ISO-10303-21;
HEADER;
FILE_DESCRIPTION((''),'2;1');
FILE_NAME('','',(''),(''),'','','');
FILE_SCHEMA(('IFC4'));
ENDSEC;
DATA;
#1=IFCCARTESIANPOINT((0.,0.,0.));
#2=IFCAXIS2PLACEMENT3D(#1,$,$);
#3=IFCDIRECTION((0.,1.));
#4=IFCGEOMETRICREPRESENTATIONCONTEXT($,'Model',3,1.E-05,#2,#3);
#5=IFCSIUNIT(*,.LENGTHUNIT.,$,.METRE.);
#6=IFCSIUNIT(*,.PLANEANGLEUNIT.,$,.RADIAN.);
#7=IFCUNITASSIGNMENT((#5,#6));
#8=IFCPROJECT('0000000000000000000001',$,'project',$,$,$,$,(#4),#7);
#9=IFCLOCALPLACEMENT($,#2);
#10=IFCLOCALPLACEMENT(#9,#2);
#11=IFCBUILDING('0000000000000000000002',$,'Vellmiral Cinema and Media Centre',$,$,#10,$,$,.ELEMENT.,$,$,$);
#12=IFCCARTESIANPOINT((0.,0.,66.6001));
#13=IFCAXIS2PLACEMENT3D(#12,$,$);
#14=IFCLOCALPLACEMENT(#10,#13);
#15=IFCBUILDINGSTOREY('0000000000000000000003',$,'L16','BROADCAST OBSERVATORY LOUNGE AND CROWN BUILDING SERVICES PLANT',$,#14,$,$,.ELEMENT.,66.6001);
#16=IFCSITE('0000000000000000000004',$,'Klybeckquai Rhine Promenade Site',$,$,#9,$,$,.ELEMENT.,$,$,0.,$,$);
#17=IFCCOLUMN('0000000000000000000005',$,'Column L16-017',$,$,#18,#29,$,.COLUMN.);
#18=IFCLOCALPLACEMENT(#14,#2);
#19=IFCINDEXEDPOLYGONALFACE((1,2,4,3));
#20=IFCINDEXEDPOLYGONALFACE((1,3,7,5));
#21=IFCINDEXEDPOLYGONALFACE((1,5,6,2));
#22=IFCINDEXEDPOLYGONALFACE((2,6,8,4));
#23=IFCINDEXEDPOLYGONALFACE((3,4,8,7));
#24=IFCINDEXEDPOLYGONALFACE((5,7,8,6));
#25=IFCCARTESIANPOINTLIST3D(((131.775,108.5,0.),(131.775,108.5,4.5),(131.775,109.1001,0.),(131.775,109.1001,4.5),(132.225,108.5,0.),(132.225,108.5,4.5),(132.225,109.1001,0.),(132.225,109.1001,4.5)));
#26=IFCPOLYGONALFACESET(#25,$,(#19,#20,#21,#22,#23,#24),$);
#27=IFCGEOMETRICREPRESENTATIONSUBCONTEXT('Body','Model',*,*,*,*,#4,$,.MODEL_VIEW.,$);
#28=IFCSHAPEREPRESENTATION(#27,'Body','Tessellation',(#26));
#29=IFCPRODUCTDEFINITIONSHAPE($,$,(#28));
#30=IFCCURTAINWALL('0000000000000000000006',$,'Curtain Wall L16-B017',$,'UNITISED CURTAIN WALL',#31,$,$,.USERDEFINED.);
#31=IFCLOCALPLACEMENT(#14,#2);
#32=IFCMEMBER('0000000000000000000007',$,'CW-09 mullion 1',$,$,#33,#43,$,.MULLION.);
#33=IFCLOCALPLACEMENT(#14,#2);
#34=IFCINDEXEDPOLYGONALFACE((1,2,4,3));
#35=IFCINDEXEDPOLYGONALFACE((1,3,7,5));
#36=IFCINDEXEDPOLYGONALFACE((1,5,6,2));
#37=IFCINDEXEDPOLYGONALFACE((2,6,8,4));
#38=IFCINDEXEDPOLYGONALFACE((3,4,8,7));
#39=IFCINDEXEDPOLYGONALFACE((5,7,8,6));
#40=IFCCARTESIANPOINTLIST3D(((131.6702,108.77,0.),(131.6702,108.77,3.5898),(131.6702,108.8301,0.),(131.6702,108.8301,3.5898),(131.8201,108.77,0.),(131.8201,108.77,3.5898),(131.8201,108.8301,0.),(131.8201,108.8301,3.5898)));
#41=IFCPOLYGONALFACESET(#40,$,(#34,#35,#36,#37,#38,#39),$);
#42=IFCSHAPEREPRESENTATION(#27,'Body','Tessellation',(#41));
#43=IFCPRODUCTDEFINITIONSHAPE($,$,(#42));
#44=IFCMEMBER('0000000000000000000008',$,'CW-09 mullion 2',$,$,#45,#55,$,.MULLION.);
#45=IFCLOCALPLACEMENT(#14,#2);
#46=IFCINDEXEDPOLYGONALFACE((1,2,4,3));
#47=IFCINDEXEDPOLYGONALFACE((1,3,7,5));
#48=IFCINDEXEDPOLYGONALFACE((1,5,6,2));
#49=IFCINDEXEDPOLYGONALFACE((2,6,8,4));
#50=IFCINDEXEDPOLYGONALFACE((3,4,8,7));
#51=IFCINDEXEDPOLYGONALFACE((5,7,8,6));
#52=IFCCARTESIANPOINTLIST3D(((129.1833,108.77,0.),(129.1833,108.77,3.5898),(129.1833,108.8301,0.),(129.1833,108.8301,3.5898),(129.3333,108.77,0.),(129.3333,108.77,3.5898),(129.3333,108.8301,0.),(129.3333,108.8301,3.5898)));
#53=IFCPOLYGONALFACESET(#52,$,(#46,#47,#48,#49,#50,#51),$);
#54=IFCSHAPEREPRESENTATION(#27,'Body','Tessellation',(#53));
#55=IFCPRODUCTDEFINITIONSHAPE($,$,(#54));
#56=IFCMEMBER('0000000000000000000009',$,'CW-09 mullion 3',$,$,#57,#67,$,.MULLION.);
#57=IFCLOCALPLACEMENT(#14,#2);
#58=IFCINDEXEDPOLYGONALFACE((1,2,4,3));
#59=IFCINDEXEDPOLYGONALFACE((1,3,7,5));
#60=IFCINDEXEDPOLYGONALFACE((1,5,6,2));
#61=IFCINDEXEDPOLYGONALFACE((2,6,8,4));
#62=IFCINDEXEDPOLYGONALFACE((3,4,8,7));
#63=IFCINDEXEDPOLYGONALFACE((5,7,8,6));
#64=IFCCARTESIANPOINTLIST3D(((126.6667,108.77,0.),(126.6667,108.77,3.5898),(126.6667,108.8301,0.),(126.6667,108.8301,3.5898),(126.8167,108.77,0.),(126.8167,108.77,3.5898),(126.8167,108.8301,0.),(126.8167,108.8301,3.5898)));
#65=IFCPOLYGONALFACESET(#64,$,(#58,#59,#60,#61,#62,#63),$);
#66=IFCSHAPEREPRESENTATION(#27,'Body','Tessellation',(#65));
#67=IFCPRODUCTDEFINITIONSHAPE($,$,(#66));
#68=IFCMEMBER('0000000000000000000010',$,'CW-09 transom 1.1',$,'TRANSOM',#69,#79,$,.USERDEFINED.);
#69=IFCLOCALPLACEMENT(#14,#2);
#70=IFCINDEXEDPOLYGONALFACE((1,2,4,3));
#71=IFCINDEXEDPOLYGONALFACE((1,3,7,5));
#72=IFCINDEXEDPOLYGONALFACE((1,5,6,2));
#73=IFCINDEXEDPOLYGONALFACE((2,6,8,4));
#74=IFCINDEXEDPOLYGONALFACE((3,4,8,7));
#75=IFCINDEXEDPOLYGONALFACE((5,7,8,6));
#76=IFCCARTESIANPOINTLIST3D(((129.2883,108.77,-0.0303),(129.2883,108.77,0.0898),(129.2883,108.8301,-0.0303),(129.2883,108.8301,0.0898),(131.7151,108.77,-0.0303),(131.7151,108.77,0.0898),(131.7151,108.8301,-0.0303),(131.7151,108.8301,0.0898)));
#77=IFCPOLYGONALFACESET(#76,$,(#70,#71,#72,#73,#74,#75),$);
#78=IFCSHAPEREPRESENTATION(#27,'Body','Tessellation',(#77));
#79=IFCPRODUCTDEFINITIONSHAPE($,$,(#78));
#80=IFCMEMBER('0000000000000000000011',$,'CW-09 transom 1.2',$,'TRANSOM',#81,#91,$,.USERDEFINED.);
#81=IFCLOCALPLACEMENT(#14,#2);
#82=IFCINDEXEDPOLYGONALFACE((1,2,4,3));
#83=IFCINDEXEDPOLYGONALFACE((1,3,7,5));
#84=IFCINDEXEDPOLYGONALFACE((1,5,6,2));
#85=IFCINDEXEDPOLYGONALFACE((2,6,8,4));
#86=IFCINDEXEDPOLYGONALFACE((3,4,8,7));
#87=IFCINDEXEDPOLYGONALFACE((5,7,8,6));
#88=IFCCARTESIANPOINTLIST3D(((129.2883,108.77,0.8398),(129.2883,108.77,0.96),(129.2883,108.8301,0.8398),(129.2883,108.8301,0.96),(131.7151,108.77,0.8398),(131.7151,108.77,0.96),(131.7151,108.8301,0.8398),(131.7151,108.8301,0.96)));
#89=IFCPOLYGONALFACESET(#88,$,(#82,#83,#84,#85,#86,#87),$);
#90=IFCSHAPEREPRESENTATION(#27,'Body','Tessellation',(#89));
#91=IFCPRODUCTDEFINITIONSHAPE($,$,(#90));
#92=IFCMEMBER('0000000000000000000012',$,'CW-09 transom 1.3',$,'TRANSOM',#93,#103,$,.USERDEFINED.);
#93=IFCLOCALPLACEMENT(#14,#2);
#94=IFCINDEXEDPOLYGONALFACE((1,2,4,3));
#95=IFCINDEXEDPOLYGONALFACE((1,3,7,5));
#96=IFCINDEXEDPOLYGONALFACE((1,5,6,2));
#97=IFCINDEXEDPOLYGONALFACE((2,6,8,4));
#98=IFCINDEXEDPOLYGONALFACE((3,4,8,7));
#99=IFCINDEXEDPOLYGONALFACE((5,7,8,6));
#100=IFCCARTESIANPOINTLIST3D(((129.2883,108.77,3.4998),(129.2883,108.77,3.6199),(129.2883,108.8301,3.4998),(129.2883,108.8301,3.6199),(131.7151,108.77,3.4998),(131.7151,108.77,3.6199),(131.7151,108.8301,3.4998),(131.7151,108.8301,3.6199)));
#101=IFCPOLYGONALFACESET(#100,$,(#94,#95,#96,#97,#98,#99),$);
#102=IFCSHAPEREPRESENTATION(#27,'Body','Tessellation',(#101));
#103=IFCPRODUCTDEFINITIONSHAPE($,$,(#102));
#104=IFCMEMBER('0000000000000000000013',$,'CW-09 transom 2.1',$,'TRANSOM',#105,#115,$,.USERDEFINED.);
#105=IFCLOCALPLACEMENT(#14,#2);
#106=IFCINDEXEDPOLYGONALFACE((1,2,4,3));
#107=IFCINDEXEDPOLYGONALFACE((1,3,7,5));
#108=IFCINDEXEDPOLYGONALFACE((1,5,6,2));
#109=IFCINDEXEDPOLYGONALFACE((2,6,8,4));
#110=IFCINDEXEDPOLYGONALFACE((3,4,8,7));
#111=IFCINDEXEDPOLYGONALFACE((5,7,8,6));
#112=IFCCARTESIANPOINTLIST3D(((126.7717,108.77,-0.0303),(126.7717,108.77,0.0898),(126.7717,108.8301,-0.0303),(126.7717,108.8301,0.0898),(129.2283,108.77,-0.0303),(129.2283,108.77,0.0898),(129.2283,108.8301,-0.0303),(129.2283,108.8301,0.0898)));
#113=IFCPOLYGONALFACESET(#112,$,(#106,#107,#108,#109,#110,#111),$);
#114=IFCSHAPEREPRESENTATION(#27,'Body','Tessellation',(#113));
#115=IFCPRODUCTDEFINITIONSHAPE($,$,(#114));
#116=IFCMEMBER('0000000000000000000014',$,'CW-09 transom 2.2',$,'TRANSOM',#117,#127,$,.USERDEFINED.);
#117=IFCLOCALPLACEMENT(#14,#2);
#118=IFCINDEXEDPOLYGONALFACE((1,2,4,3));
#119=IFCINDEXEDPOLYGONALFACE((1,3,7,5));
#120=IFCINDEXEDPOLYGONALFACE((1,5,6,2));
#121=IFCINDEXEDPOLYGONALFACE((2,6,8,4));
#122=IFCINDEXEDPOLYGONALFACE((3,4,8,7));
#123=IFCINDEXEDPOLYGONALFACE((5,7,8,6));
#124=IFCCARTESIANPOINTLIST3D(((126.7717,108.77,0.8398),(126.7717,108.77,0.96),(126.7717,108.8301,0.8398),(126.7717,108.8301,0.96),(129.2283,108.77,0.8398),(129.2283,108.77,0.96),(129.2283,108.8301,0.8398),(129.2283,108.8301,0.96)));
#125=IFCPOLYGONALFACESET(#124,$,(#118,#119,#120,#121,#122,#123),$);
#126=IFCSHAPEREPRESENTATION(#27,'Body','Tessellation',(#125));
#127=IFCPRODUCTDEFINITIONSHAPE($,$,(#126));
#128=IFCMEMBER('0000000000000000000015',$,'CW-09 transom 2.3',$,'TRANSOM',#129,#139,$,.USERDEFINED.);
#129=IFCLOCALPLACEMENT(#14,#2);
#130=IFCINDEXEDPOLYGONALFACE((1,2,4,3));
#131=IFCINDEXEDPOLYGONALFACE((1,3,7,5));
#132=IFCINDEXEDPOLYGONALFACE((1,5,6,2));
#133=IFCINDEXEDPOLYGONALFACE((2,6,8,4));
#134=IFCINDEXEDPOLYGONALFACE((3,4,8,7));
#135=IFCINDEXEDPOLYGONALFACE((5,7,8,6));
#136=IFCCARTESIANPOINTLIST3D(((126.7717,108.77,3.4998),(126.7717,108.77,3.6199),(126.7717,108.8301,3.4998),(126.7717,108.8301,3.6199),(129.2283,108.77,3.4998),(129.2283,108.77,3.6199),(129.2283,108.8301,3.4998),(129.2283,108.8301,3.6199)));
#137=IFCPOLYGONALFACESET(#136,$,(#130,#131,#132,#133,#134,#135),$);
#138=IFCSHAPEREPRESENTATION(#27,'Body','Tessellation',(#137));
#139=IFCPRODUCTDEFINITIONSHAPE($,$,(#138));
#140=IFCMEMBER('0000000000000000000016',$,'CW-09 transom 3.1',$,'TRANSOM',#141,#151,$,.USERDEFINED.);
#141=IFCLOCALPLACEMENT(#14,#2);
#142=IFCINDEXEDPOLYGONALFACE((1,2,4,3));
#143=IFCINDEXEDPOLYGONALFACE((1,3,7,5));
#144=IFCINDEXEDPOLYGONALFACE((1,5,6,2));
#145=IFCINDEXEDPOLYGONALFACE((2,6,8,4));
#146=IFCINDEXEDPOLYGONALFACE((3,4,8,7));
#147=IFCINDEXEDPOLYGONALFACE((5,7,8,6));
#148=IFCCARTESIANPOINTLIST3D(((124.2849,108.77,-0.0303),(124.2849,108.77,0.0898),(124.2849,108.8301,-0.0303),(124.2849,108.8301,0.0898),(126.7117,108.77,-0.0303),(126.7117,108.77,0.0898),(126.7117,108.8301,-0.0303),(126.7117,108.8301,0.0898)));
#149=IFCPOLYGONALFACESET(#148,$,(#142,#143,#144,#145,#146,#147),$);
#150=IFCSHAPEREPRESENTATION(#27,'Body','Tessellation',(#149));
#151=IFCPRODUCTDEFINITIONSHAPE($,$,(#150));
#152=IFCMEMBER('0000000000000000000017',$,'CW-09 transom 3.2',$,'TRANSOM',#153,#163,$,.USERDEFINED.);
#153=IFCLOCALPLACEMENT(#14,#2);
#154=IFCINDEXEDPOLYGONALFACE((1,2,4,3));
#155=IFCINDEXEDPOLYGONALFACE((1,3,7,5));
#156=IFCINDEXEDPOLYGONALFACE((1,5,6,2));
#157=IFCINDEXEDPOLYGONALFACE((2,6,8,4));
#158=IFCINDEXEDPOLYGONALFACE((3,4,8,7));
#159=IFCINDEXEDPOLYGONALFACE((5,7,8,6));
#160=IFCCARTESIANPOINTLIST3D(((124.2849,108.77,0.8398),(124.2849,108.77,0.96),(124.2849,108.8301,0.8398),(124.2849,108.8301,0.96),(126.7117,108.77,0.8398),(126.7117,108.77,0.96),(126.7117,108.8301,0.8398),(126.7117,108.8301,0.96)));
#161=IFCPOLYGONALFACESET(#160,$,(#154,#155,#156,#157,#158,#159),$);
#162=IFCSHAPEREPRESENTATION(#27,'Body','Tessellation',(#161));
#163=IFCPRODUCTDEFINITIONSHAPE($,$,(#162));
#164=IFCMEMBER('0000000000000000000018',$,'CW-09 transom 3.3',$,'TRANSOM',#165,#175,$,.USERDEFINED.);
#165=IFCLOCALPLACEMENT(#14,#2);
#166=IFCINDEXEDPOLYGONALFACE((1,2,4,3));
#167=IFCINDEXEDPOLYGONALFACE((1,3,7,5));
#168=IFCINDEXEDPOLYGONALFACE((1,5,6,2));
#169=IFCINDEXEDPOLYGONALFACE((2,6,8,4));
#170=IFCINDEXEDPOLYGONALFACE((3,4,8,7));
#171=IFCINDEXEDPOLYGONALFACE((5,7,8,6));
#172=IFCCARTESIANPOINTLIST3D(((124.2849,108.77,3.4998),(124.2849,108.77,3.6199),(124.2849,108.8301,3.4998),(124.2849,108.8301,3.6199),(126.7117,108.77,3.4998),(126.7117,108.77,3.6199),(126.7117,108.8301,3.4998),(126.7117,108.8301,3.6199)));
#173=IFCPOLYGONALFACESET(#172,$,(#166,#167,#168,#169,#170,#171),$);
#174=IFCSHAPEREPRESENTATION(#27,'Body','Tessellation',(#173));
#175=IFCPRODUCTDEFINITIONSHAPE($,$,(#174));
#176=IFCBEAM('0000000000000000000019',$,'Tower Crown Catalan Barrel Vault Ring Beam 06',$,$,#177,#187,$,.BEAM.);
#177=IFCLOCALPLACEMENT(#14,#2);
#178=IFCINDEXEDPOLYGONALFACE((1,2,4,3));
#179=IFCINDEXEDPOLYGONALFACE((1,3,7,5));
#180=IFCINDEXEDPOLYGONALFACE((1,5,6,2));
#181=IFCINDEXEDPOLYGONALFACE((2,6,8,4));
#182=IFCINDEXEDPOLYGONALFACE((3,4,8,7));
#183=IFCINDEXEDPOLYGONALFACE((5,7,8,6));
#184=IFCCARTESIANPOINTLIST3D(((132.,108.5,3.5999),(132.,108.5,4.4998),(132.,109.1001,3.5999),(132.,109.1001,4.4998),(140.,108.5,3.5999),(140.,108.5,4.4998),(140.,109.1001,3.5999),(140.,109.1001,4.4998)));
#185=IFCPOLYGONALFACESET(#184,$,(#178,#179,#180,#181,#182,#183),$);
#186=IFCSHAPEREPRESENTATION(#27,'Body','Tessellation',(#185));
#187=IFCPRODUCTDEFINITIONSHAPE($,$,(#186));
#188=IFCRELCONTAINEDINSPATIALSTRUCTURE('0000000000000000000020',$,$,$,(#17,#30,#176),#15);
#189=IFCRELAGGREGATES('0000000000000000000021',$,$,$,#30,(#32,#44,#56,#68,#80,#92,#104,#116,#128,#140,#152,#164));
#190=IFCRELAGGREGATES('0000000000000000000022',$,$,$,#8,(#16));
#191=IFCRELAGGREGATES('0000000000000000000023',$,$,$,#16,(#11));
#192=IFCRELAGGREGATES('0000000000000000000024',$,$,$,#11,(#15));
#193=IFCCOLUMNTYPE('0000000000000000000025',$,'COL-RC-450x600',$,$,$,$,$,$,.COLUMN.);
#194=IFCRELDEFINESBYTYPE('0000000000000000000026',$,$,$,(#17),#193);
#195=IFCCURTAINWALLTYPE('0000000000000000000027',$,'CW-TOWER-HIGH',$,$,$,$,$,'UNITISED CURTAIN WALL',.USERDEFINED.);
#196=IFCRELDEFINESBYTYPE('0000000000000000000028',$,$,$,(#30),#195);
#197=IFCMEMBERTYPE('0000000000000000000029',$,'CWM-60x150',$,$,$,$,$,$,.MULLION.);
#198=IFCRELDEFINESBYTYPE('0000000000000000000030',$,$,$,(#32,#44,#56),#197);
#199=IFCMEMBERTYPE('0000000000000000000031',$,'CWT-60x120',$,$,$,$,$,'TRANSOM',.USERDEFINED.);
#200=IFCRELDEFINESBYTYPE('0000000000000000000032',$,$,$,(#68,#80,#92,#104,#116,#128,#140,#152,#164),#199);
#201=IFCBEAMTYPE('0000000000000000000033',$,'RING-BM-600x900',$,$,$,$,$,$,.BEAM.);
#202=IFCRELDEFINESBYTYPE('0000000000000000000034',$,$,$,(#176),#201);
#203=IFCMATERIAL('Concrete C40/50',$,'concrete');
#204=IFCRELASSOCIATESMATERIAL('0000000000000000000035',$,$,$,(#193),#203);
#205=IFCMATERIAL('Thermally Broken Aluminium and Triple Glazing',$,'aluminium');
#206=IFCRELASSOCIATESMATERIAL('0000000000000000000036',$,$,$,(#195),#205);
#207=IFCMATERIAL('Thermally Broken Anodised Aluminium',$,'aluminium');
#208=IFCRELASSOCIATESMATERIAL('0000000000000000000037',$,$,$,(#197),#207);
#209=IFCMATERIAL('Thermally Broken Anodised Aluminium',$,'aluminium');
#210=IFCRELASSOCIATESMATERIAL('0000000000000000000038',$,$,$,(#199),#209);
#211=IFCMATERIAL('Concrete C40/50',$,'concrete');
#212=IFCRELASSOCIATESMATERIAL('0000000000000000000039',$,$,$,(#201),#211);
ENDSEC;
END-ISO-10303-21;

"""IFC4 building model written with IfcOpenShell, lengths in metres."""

from ifc_helpers import new_model, si_unit, direction, frame, origin, origin_2d, place, context, subcontext, project, spatial, rectangle, extrude, material, material_profile, profile_set, type_object, element, aggregate, save


model = new_model("IFC4")

# Units and contexts
model_context = context("Model", 3, precision=1e-05, world=origin(), true_north=direction((0.0, 1.0)))
body_context = subcontext(model_context, "Body", "Model", "MODEL_VIEW")
ifc_project = project(units=[si_unit("LENGTHUNIT", "METRE"), si_unit("PLANEANGLEUNIT", "RADIAN")], contexts=[model_context])

# Site, building, storey
site_placement = place(None, origin())
site = spatial("IfcSite", under=ifc_project, at=site_placement, Name="Klybeckquai Rhine Promenade Site", CompositionType="ELEMENT", RefElevation=0.0)
building_placement = place(site_placement, origin())
building = spatial("IfcBuilding", under=site, at=building_placement, Name="Vellmiral Cinema and Media Centre", CompositionType="ELEMENT")
storey_placement = place(building_placement, frame((0.0, 0.0, 66.6001)))
storey = spatial("IfcBuildingStorey", under=building, at=storey_placement, Name="L16", Description="BROADCAST OBSERVATORY LOUNGE AND CROWN BUILDING SERVICES PLANT", CompositionType="ELEMENT", Elevation=66.6001)

# Column
ifc_material_1 = material(Name="Concrete C40/50", Category="concrete")
ifc_material_profile_1 = material_profile(ifc_material_1, rectangle(XDim=0.45, YDim=0.6001, at=origin_2d()), Name="RC 450x600")
ifc_profile_set_1 = profile_set([ifc_material_profile_1], Name="Concrete C40/50")
column_type = type_object("IfcColumnType", Name="COL-RC-450x600", PredefinedType="COLUMN", material=ifc_profile_set_1)
column_placement = place(storey_placement, frame((132.0, 108.8, 0.0), z_axis=(0.0, 0.0, 1.0), x_axis=(1.0, 0.0, 0.0)))
element("IfcColumn", 1, at=column_placement, inside=storey, type_object=column_type, Name="Column L16-017", PredefinedType="COLUMN", context=body_context, shape_type="SweptSolid", body=[
    extrude(rectangle(XDim=0.45, YDim=0.6001, at=origin_2d()), origin(), (0.0, 0.0, 1.0), 4.5),
])

# Curtain wall, members
ifc_material_2 = material(Name="Thermally Broken Aluminium and Triple Glazing", Category="aluminium")
curtain_wall_type = type_object("IfcCurtainWallType", Name="CW-TOWER-HIGH", ElementType="UNITISED CURTAIN WALL", PredefinedType="USERDEFINED", material=ifc_material_2)
curtain_wall_placement = place(storey_placement, origin())
curtain_wall = element("IfcCurtainWall", 2, at=curtain_wall_placement, inside=storey, type_object=curtain_wall_type, Name="Curtain Wall L16-B017", ObjectType="UNITISED CURTAIN WALL", PredefinedType="USERDEFINED")
ifc_material_3 = material(Name="Thermally Broken Anodised Aluminium", Category="aluminium")
ifc_material_profile_2 = material_profile(ifc_material_3, rectangle(XDim=0.0601, YDim=0.1499, at=origin_2d()), Name="MULL 60x150")
ifc_profile_set_2 = profile_set([ifc_material_profile_2], Name="Thermally Broken Anodised Aluminium")
member_type_1 = type_object("IfcMemberType", Name="CWM-60x150", PredefinedType="MULLION", material=ifc_profile_set_2)
member_1_placement = place(storey_placement, frame((131.7451, 108.8, 0.0), z_axis=(0.0, 0.0, 1.0), x_axis=(0.0, -1.0, 0.0)))
member_1 = element("IfcMember", 3, at=member_1_placement, type_object=member_type_1, Name="CW-09 mullion 1", PredefinedType="MULLION", context=body_context, shape_type="SweptSolid", body=[
    extrude(rectangle(XDim=0.0601, YDim=0.1499, at=origin_2d()), origin(), (0.0, 0.0, 1.0), 3.5898),
])
member_2_placement = place(storey_placement, frame((129.2583, 108.8, 0.0), z_axis=(0.0, 0.0, 1.0), x_axis=(0.0, -1.0, 0.0)))
member_2 = element("IfcMember", 4, at=member_2_placement, type_object=member_type_1, Name="CW-09 mullion 2", PredefinedType="MULLION", context=body_context, shape_type="SweptSolid", body=[
    extrude(rectangle(XDim=0.0601, YDim=0.1499, at=origin_2d()), origin(), (0.0, 0.0, 1.0), 3.5898),
])
member_3_placement = place(storey_placement, frame((126.7417, 108.8, 0.0), z_axis=(0.0, 0.0, 1.0), x_axis=(0.0, -1.0, 0.0)))
member_3 = element("IfcMember", 5, at=member_3_placement, type_object=member_type_1, Name="CW-09 mullion 3", PredefinedType="MULLION", context=body_context, shape_type="SweptSolid", body=[
    extrude(rectangle(XDim=0.0601, YDim=0.1499, at=origin_2d()), origin(), (0.0, 0.0, 1.0), 3.5898),
])
ifc_material_4 = material(Name="Thermally Broken Anodised Aluminium", Category="aluminium")
ifc_material_profile_3 = material_profile(ifc_material_4, rectangle(XDim=0.0601, YDim=0.1201, at=origin_2d()), Name="MULL 60x120")
ifc_profile_set_3 = profile_set([ifc_material_profile_3], Name="Thermally Broken Anodised Aluminium")
member_type_2 = type_object("IfcMemberType", Name="CWT-60x120", ElementType="TRANSOM", PredefinedType="USERDEFINED", material=ifc_profile_set_3)
member_4_placement = place(storey_placement, frame((131.7151, 108.8, 0.0298), z_axis=(-1.0, 0.0, 0.0), x_axis=(0.0, -1.0, 0.0)))
member_4 = element("IfcMember", 6, at=member_4_placement, type_object=member_type_2, Name="CW-09 transom 1.1", ObjectType="TRANSOM", PredefinedType="USERDEFINED", context=body_context, shape_type="SweptSolid", body=[
    extrude(rectangle(XDim=0.0601, YDim=0.1201, at=origin_2d()), origin(), (0.0, 0.0, 1.0), 2.4268),
])
member_5_placement = place(storey_placement, frame((131.7151, 108.8, 0.8999), z_axis=(-1.0, 0.0, 0.0), x_axis=(0.0, -1.0, 0.0)))
member_5 = element("IfcMember", 7, at=member_5_placement, type_object=member_type_2, Name="CW-09 transom 1.2", ObjectType="TRANSOM", PredefinedType="USERDEFINED", context=body_context, shape_type="SweptSolid", body=[
    extrude(rectangle(XDim=0.0601, YDim=0.1201, at=origin_2d()), origin(), (0.0, 0.0, 1.0), 2.4268),
])
member_6_placement = place(storey_placement, frame((131.7151, 108.8, 3.5598), z_axis=(-1.0, 0.0, 0.0), x_axis=(0.0, -1.0, 0.0)))
member_6 = element("IfcMember", 8, at=member_6_placement, type_object=member_type_2, Name="CW-09 transom 1.3", ObjectType="TRANSOM", PredefinedType="USERDEFINED", context=body_context, shape_type="SweptSolid", body=[
    extrude(rectangle(XDim=0.0601, YDim=0.1201, at=origin_2d()), origin(), (0.0, 0.0, 1.0), 2.4268),
])
member_7_placement = place(storey_placement, frame((129.2283, 108.8, 0.0298), z_axis=(-1.0, 0.0, 0.0), x_axis=(0.0, -1.0, 0.0)))
member_7 = element("IfcMember", 9, at=member_7_placement, type_object=member_type_2, Name="CW-09 transom 2.1", ObjectType="TRANSOM", PredefinedType="USERDEFINED", context=body_context, shape_type="SweptSolid", body=[
    extrude(rectangle(XDim=0.0601, YDim=0.1201, at=origin_2d()), origin(), (0.0, 0.0, 1.0), 2.4565),
])
member_8_placement = place(storey_placement, frame((129.2283, 108.8, 0.8999), z_axis=(-1.0, 0.0, 0.0), x_axis=(0.0, -1.0, 0.0)))
member_8 = element("IfcMember", 10, at=member_8_placement, type_object=member_type_2, Name="CW-09 transom 2.2", ObjectType="TRANSOM", PredefinedType="USERDEFINED", context=body_context, shape_type="SweptSolid", body=[
    extrude(rectangle(XDim=0.0601, YDim=0.1201, at=origin_2d()), origin(), (0.0, 0.0, 1.0), 2.4565),
])
member_9_placement = place(storey_placement, frame((129.2283, 108.8, 3.5598), z_axis=(-1.0, 0.0, 0.0), x_axis=(0.0, -1.0, 0.0)))
member_9 = element("IfcMember", 11, at=member_9_placement, type_object=member_type_2, Name="CW-09 transom 2.3", ObjectType="TRANSOM", PredefinedType="USERDEFINED", context=body_context, shape_type="SweptSolid", body=[
    extrude(rectangle(XDim=0.0601, YDim=0.1201, at=origin_2d()), origin(), (0.0, 0.0, 1.0), 2.4565),
])
member_10_placement = place(storey_placement, frame((126.7117, 108.8, 0.0298), z_axis=(-1.0, 0.0, 0.0), x_axis=(0.0, -1.0, 0.0)))
member_10 = element("IfcMember", 12, at=member_10_placement, type_object=member_type_2, Name="CW-09 transom 3.1", ObjectType="TRANSOM", PredefinedType="USERDEFINED", context=body_context, shape_type="SweptSolid", body=[
    extrude(rectangle(XDim=0.0601, YDim=0.1201, at=origin_2d()), origin(), (0.0, 0.0, 1.0), 2.4268),
])
member_11_placement = place(storey_placement, frame((126.7117, 108.8, 0.8999), z_axis=(-1.0, 0.0, 0.0), x_axis=(0.0, -1.0, 0.0)))
member_11 = element("IfcMember", 13, at=member_11_placement, type_object=member_type_2, Name="CW-09 transom 3.2", ObjectType="TRANSOM", PredefinedType="USERDEFINED", context=body_context, shape_type="SweptSolid", body=[
    extrude(rectangle(XDim=0.0601, YDim=0.1201, at=origin_2d()), origin(), (0.0, 0.0, 1.0), 2.4268),
])
member_12_placement = place(storey_placement, frame((126.7117, 108.8, 3.5598), z_axis=(-1.0, 0.0, 0.0), x_axis=(0.0, -1.0, 0.0)))
member_12 = element("IfcMember", 14, at=member_12_placement, type_object=member_type_2, Name="CW-09 transom 3.3", ObjectType="TRANSOM", PredefinedType="USERDEFINED", context=body_context, shape_type="SweptSolid", body=[
    extrude(rectangle(XDim=0.0601, YDim=0.1201, at=origin_2d()), origin(), (0.0, 0.0, 1.0), 2.4268),
])

# Beam
ifc_material_5 = material(Name="Concrete C40/50", Category="concrete")
ifc_material_profile_4 = material_profile(ifc_material_5, rectangle(XDim=0.6001, YDim=0.8999, at=origin_2d()), Name="RC 600x900")
ifc_profile_set_4 = profile_set([ifc_material_profile_4], Name="Concrete C40/50")
beam_type = type_object("IfcBeamType", Name="RING-BM-600x900", PredefinedType="BEAM", material=ifc_profile_set_4)
beam_placement = place(storey_placement, frame((132.0, 108.8, 4.0498), z_axis=(1.0, 0.0, 0.0), x_axis=(0.0, 1.0, 0.0)))
element("IfcBeam", 15, at=beam_placement, inside=storey, type_object=beam_type, Name="Tower Crown Catalan Barrel Vault Ring Beam 06", PredefinedType="BEAM", context=body_context, shape_type="SweptSolid", body=[
    extrude(rectangle(XDim=0.6001, YDim=0.8999, at=origin_2d()), origin(), (0.0, 0.0, 1.0), 8.0),
])

aggregate(curtain_wall, [member_1, member_2, member_3, member_4, member_5, member_6, member_7, member_8, member_9, member_10, member_11, member_12])

save(model, "model.ifc")
